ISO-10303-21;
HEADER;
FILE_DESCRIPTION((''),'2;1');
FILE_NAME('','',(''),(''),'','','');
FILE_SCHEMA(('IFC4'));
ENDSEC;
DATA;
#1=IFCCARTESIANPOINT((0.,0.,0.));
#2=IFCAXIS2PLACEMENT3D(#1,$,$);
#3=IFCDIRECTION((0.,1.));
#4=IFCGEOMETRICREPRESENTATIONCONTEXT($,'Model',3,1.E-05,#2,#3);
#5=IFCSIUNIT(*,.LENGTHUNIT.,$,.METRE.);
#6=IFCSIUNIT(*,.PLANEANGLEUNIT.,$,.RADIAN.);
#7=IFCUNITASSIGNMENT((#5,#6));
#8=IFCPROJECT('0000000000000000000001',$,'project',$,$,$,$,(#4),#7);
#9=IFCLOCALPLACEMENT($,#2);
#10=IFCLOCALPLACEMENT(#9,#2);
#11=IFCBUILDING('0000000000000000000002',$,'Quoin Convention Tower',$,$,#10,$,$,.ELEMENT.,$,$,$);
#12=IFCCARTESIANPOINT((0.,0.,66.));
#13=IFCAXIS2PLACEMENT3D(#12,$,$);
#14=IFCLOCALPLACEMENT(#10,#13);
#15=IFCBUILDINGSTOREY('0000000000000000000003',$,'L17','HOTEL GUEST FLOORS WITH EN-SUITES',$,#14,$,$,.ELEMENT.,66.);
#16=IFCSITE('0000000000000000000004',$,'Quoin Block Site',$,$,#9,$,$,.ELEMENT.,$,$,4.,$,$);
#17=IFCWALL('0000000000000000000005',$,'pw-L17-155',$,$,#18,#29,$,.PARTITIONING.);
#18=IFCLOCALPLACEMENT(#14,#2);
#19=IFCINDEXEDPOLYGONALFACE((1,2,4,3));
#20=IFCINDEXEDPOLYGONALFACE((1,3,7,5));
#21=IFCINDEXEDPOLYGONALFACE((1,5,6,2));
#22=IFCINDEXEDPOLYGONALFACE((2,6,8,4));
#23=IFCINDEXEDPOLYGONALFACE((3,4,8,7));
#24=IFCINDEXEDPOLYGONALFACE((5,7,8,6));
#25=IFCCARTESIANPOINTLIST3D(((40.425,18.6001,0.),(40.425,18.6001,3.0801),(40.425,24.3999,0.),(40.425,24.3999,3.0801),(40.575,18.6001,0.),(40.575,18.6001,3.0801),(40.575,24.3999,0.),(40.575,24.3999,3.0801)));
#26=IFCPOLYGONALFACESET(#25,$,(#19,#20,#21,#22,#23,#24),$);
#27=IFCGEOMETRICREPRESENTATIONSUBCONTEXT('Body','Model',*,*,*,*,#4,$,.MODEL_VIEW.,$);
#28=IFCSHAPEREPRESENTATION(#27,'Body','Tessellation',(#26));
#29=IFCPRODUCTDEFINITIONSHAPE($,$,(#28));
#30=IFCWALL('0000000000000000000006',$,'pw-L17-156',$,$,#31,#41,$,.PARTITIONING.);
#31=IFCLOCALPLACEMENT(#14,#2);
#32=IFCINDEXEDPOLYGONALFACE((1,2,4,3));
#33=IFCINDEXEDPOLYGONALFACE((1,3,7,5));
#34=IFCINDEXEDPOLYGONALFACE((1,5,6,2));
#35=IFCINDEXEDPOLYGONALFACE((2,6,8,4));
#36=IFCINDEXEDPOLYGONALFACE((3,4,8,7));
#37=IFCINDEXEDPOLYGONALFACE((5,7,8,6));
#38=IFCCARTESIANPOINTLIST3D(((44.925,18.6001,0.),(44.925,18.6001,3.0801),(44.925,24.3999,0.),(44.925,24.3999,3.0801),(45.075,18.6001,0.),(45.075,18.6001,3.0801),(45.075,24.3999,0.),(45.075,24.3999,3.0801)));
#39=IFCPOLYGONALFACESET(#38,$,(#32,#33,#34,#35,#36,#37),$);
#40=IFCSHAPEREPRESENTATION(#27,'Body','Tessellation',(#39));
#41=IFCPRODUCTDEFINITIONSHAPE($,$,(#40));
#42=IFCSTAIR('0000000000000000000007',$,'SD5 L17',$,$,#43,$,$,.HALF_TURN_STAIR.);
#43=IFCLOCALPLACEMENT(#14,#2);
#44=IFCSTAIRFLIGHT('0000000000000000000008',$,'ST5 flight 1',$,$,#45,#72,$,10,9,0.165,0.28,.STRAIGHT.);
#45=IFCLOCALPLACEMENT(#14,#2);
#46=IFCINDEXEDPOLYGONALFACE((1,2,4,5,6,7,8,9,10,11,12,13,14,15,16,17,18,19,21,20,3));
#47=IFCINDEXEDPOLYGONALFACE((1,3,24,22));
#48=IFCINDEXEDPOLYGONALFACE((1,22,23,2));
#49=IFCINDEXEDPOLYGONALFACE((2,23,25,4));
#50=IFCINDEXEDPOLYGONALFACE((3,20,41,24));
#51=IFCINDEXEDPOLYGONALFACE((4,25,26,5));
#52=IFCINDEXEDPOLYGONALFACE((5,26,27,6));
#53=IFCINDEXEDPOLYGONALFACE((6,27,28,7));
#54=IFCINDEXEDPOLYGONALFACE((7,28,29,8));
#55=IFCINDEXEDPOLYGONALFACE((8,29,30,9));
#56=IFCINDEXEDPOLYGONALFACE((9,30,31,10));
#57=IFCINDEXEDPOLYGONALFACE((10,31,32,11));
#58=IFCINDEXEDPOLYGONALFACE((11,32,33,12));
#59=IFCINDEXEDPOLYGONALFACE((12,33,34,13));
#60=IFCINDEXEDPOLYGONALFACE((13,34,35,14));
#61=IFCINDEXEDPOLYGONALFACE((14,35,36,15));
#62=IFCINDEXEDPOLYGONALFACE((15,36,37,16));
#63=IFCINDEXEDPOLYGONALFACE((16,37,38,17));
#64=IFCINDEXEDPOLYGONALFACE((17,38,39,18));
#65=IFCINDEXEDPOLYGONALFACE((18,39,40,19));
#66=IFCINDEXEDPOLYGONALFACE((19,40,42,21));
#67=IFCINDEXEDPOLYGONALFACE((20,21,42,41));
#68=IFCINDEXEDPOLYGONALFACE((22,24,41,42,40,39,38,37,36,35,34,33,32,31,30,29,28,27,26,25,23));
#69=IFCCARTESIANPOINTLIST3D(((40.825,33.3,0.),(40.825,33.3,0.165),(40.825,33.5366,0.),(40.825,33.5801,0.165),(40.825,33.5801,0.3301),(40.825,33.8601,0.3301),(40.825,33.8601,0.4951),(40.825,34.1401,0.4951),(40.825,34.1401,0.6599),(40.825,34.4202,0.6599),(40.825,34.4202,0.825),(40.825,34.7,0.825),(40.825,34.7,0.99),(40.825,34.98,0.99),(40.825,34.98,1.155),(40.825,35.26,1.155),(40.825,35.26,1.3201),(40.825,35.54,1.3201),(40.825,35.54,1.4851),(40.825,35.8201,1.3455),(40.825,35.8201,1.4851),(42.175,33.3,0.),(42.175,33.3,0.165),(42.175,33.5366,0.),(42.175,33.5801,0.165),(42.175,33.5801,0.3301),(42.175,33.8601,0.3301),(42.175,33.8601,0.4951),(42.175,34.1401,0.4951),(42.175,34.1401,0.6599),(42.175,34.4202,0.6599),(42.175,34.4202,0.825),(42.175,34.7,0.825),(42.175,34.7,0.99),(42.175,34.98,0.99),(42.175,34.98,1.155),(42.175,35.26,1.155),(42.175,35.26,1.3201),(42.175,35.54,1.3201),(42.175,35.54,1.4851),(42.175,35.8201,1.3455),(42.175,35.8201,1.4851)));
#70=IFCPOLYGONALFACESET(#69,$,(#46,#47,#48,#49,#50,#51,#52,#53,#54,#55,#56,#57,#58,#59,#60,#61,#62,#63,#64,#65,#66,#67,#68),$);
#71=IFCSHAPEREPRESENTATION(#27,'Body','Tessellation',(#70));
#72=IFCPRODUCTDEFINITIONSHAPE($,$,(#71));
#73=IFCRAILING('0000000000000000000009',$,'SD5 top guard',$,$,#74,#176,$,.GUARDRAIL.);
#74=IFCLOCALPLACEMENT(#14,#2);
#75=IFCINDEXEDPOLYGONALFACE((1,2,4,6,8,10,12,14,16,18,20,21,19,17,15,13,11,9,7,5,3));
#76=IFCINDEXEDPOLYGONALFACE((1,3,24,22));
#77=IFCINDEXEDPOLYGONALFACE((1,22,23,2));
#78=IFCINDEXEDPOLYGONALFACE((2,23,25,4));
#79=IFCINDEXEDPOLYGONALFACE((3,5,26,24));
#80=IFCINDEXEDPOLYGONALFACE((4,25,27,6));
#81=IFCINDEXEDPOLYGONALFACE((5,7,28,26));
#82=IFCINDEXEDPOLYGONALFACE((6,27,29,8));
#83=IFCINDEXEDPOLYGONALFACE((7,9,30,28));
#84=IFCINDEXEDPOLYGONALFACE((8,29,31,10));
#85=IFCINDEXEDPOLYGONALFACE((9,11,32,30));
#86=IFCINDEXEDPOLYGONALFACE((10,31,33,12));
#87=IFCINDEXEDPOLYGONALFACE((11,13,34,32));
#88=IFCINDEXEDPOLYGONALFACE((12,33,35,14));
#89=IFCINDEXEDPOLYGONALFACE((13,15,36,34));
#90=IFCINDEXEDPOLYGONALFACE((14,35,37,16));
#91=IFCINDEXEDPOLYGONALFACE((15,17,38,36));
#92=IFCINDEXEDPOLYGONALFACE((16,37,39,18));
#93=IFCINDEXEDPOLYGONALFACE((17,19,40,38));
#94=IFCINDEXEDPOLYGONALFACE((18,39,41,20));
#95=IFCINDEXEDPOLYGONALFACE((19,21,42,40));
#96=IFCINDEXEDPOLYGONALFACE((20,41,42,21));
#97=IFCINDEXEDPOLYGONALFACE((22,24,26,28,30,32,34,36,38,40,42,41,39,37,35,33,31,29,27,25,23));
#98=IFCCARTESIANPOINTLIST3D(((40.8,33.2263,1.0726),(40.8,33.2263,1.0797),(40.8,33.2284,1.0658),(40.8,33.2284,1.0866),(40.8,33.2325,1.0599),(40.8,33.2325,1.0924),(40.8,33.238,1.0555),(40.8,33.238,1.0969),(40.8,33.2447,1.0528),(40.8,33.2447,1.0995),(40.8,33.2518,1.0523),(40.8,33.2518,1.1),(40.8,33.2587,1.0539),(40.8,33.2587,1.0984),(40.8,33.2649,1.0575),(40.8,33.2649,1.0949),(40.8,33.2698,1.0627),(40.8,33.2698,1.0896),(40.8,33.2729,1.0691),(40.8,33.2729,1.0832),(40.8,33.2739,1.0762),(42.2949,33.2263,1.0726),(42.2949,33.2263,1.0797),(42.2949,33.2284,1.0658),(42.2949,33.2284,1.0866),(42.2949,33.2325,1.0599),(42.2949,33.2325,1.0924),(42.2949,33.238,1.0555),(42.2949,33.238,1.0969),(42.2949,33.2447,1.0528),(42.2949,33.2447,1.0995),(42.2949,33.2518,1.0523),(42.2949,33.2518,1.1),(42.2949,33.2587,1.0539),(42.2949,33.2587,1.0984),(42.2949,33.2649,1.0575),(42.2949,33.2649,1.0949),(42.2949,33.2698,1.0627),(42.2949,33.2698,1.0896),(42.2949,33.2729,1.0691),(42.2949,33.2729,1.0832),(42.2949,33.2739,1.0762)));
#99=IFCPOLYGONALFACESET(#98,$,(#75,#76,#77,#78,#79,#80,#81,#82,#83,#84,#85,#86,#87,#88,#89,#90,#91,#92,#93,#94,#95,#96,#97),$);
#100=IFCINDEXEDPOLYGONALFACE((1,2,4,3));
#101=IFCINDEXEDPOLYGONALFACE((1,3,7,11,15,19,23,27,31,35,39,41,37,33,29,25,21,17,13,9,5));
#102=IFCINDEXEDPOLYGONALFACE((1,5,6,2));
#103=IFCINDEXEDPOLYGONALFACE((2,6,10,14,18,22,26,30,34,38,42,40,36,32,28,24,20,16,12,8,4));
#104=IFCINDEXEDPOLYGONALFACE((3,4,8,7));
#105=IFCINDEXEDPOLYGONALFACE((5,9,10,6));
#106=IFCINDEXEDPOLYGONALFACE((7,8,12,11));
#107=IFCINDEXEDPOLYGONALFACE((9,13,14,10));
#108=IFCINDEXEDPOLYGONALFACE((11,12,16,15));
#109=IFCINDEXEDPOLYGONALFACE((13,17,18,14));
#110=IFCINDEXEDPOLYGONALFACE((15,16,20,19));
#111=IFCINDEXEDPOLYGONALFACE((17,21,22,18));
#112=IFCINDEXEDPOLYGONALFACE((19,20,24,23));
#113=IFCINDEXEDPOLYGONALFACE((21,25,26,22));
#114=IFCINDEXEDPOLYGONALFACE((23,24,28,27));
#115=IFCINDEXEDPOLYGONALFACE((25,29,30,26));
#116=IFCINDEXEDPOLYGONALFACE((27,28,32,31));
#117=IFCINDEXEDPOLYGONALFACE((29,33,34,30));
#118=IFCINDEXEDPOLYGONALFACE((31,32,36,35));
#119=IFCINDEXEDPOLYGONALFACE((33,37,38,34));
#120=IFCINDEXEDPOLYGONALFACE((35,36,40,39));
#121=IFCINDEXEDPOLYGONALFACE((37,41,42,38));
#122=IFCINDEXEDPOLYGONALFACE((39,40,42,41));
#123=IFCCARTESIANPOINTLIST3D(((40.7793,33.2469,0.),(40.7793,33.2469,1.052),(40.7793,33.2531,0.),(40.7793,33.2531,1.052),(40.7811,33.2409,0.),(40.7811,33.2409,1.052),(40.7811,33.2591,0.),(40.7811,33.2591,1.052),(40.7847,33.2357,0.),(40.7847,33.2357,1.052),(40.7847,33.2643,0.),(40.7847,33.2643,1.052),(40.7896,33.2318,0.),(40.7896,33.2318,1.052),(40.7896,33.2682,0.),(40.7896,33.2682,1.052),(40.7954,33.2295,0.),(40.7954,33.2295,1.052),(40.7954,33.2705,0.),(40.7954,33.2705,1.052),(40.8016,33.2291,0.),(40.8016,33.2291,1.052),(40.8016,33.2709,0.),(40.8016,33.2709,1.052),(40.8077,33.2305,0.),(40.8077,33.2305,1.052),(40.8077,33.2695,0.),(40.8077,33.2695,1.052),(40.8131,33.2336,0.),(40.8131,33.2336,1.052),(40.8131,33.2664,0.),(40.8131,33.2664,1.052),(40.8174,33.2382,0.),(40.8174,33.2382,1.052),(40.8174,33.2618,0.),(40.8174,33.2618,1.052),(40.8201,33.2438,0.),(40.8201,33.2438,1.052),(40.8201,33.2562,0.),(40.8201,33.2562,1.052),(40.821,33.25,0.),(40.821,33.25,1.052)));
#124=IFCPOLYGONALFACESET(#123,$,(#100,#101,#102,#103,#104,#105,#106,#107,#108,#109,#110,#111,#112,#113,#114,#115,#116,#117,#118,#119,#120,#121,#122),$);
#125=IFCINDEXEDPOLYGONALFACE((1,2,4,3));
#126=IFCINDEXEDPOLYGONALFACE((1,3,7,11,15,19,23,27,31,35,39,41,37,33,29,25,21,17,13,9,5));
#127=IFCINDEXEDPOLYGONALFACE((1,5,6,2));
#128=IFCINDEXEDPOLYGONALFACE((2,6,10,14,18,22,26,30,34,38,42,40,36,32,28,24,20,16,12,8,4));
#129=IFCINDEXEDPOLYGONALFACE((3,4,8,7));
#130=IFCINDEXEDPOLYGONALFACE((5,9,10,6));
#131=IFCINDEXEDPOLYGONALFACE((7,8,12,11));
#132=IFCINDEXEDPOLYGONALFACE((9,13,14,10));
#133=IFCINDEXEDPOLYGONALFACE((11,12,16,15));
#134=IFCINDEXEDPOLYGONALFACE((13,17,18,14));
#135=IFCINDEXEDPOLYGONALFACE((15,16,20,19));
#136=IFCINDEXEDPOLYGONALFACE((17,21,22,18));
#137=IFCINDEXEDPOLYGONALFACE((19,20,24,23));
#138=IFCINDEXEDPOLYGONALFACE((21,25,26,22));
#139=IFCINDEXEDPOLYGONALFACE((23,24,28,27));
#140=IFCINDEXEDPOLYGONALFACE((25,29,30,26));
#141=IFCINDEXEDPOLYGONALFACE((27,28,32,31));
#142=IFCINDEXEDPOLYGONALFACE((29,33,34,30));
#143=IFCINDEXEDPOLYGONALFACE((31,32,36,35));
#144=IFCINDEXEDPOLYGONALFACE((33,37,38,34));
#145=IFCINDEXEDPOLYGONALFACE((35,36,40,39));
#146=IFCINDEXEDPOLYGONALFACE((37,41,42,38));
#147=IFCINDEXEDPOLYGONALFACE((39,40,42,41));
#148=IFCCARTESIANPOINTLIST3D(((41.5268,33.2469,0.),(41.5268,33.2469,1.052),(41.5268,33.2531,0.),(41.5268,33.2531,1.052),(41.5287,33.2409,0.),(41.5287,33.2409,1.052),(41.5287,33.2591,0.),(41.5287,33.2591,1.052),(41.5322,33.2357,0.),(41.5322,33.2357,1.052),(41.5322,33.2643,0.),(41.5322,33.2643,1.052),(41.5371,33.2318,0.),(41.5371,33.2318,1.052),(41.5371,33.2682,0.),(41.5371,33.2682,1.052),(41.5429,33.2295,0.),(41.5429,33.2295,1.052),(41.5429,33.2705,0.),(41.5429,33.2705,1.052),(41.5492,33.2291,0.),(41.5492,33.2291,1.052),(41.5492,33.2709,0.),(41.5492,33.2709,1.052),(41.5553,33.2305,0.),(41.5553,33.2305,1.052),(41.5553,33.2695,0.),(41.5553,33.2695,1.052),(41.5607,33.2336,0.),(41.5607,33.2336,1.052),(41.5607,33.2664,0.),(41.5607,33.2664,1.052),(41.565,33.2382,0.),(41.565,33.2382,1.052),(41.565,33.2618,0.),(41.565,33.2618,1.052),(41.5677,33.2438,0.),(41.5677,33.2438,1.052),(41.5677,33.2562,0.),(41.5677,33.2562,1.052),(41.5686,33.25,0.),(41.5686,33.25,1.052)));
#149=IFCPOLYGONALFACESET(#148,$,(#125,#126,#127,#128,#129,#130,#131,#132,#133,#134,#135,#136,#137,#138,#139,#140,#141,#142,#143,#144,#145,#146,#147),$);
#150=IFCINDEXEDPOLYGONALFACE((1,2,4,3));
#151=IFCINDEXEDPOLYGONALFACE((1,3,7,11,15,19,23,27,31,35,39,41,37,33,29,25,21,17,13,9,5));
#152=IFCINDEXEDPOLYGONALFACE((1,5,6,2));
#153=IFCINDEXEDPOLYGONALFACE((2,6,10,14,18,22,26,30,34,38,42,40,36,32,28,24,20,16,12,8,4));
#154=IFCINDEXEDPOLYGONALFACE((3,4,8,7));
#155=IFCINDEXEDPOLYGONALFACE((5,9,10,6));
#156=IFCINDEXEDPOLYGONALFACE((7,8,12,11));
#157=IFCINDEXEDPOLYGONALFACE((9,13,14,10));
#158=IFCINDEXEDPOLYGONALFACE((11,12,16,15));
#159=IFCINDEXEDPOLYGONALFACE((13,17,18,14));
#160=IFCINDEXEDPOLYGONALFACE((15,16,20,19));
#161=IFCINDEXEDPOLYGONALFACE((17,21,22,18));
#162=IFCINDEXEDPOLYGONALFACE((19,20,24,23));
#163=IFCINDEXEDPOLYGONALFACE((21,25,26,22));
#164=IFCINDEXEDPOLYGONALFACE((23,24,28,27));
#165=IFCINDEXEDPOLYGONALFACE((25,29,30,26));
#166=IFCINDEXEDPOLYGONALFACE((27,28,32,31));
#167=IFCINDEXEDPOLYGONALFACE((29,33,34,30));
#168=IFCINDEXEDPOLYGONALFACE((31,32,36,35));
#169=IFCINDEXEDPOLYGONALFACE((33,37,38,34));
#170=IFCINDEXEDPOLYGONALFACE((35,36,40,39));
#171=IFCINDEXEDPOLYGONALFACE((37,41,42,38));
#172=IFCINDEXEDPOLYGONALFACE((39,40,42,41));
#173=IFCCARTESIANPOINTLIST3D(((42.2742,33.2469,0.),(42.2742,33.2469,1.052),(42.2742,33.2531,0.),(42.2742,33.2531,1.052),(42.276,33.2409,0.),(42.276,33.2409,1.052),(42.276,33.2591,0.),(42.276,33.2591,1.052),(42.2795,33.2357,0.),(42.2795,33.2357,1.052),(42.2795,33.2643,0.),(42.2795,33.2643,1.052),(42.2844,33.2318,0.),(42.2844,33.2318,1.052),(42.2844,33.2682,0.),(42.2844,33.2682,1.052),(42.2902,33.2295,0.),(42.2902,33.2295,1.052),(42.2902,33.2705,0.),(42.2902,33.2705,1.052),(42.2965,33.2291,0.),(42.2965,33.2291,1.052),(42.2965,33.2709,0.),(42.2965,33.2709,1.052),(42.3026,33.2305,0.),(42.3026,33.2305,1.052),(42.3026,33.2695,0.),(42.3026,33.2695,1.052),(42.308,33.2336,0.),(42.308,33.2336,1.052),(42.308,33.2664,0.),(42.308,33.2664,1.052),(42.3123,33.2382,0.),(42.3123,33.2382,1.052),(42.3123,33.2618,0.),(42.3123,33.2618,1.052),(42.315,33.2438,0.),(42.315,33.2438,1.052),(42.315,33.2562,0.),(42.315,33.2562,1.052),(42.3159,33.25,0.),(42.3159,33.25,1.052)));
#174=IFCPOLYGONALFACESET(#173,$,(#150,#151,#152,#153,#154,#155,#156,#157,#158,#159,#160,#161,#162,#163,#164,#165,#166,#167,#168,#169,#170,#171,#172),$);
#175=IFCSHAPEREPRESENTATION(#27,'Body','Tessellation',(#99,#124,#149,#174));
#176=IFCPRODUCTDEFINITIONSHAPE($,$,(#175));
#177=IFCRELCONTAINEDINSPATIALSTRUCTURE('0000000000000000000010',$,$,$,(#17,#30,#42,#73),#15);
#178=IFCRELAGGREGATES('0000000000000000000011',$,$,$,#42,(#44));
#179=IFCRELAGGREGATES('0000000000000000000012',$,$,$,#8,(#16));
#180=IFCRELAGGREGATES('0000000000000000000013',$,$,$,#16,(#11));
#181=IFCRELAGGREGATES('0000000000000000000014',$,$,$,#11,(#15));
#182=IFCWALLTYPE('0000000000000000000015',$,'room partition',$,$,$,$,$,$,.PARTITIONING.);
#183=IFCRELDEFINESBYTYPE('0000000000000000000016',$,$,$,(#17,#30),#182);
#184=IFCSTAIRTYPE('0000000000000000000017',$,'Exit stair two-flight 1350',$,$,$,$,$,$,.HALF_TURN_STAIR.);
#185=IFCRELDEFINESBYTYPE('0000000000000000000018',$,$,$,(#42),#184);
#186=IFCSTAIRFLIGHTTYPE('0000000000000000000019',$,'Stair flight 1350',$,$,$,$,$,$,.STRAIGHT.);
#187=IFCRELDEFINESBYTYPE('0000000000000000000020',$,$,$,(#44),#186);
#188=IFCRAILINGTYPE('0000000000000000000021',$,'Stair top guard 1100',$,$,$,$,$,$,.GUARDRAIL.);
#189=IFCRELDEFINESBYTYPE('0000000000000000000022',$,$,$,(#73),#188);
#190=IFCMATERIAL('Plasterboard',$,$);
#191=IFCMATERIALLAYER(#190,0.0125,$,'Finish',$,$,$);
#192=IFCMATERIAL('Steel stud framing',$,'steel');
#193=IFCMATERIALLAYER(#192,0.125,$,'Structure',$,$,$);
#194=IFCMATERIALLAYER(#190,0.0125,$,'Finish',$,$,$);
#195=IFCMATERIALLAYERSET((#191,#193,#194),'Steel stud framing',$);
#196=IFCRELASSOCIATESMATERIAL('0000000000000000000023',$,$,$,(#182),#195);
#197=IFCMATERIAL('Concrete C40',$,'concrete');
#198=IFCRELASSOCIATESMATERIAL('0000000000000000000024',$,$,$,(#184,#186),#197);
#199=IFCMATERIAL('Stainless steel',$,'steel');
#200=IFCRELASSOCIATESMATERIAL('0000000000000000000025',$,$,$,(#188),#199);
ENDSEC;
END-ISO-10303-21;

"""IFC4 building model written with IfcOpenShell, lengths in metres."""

from ifc_helpers import new_model, si_unit, direction, frame, frame_2d, origin, origin_2d, place, context, subcontext, project, spatial, polyline, rectangle, circle, outline, extrude, material, layer, layer_set, type_object, element, aggregate, save


model = new_model("IFC4")

# Units and contexts
model_context = context("Model", 3, precision=1e-05, world=origin(), true_north=direction((0.0, 1.0)))
body_context = subcontext(model_context, "Body", "Model", "MODEL_VIEW")
ifc_project = project(units=[si_unit("LENGTHUNIT", "METRE"), si_unit("PLANEANGLEUNIT", "RADIAN")], contexts=[model_context])

# Site, building, storey
site_placement = place(None, origin())
site = spatial("IfcSite", under=ifc_project, at=site_placement, Name="Quoin Block Site", CompositionType="ELEMENT", RefElevation=4.0)
building_placement = place(site_placement, origin())
building = spatial("IfcBuilding", under=site, at=building_placement, Name="Quoin Convention Tower", CompositionType="ELEMENT")
storey_placement = place(building_placement, frame((0.0, 0.0, 66.0)))
storey = spatial("IfcBuildingStorey", under=building, at=storey_placement, Name="L17", Description="HOTEL GUEST FLOORS WITH EN-SUITES", CompositionType="ELEMENT", Elevation=66.0)

# Shared definitions
ifc_material_1 = material(Name="Plasterboard")
ifc_material_2 = material(Name="Steel stud framing", Category="steel")

# Walls
ifc_layer_1 = layer(ifc_material_1, 0.0125, Name="Finish")
ifc_layer_2 = layer(ifc_material_2, 0.125, Name="Structure")
ifc_layer_3 = layer(ifc_material_1, 0.0125, Name="Finish")
ifc_layer_set_1 = layer_set([ifc_layer_1, ifc_layer_2, ifc_layer_3], Name="Steel stud framing")
wall_type_1 = type_object("IfcWallType", Name="room partition", PredefinedType="PARTITIONING", material=ifc_layer_set_1)
for number, where, z_axis, x_axis, name in (
    (1, (40.5, 18.6001, 0.0), (0.0, 0.0, 1.0), (0.0, 1.0, 0.0), "pw-L17-155"),
    (2, (45.0, 18.6001, 0.0), (0.0, 0.0, 1.0), (0.0, 1.0, 0.0), "pw-L17-156"),
):
    element("IfcWall", number, at=place(storey_placement, frame(where, z_axis=z_axis, x_axis=x_axis)), inside=storey, type_object=wall_type_1, Name=name, PredefinedType="PARTITIONING", context=body_context, shape_type="SweptSolid", body=[
        extrude(rectangle(XDim=5.7998, YDim=0.1499, at=frame_2d((2.8999, 0.0))), origin(), (0.0, 0.0, 1.0), 3.0801),
    ])

# Stair, stair flight
ifc_material_3 = material(Name="Concrete C40", Category="concrete")
stair_type = type_object("IfcStairType", Name="Exit stair two-flight 1350", PredefinedType="HALF_TURN_STAIR", material=ifc_material_3)
stair_placement = place(storey_placement, origin())
stair = element("IfcStair", 3, at=stair_placement, inside=storey, type_object=stair_type, Name="SD5 L17", PredefinedType="HALF_TURN_STAIR")
stair_flight_type = type_object("IfcStairFlightType", Name="Stair flight 1350", PredefinedType="STRAIGHT", material=ifc_material_3)
stair_flight_placement = place(storey_placement, frame((41.5, 33.3, 0.0), z_axis=(0.0, 0.0, 1.0), x_axis=(0.0, 1.0, 0.0)))
stair_flight = element("IfcStairFlight", 4, at=stair_flight_placement, type_object=stair_flight_type, Name="ST5 flight 1", NumberOfRisers=10, NumberOfTreads=9, PredefinedType="STRAIGHT", RiserHeight=0.165, TreadLength=0.28, context=body_context, shape_type="SweptSolid", body=[
    extrude(outline(polyline([(0.0, 0.0), (0.0, 0.165), (0.28, 0.165), (0.28, 0.3301), (0.5601, 0.3301), (0.5601, 0.4951), (0.8401, 0.4951), (0.8401, 0.6599), (1.1201, 0.6599), (1.1201, 0.825), (1.3999, 0.825), (1.3999, 0.99), (1.6799, 0.99), (1.6799, 1.155), (1.96, 1.155), (1.96, 1.3201), (2.24, 1.3201), (2.24, 1.4851), (2.52, 1.4851), (2.52, 1.6499), (2.52, 1.3455), (0.2366, 0.0), (0.0, 0.0)])), frame((0.0, 0.675, 0.0), z_axis=(0.0, -1.0, 0.0), x_axis=(1.0, 0.0, 0.0)), (0.0, 0.0, 1.0), 1.3501),
])
aggregate(stair, [stair_flight])

# Railing
ifc_material_4 = material(Name="Stainless steel", Category="steel")
railing_type_1 = type_object("IfcRailingType", Name="Stair top guard 1100", PredefinedType="GUARDRAIL", material=ifc_material_4)
railing_1_placement = place(storey_placement, frame((40.8, 33.25, 0.0)))
element("IfcRailing", 5, at=railing_1_placement, inside=storey, type_object=railing_type_1, Name="SD5 top guard", PredefinedType="GUARDRAIL", context=body_context, shape_type="SweptSolid", body=[
    extrude(circle(Radius=0.0239, at=origin_2d()), frame((0.0, 0.0, 1.0762), z_axis=(1.0, 0.0, 0.0), x_axis=(0.0, 1.0, 0.0)), (0.0, 0.0, 1.0), 1.4949),
    extrude(circle(Radius=0.021, at=origin_2d()), origin(), (0.0, 0.0, 1.0), 1.052),
    extrude(circle(Radius=0.021, at=origin_2d()), frame((0.7476, 0.0, 0.0)), (0.0, 0.0, 1.0), 1.052),
    extrude(circle(Radius=0.021, at=origin_2d()), frame((1.4949, 0.0, 0.0)), (0.0, 0.0, 1.0), 1.052),
])

save(model, "model.ifc")
